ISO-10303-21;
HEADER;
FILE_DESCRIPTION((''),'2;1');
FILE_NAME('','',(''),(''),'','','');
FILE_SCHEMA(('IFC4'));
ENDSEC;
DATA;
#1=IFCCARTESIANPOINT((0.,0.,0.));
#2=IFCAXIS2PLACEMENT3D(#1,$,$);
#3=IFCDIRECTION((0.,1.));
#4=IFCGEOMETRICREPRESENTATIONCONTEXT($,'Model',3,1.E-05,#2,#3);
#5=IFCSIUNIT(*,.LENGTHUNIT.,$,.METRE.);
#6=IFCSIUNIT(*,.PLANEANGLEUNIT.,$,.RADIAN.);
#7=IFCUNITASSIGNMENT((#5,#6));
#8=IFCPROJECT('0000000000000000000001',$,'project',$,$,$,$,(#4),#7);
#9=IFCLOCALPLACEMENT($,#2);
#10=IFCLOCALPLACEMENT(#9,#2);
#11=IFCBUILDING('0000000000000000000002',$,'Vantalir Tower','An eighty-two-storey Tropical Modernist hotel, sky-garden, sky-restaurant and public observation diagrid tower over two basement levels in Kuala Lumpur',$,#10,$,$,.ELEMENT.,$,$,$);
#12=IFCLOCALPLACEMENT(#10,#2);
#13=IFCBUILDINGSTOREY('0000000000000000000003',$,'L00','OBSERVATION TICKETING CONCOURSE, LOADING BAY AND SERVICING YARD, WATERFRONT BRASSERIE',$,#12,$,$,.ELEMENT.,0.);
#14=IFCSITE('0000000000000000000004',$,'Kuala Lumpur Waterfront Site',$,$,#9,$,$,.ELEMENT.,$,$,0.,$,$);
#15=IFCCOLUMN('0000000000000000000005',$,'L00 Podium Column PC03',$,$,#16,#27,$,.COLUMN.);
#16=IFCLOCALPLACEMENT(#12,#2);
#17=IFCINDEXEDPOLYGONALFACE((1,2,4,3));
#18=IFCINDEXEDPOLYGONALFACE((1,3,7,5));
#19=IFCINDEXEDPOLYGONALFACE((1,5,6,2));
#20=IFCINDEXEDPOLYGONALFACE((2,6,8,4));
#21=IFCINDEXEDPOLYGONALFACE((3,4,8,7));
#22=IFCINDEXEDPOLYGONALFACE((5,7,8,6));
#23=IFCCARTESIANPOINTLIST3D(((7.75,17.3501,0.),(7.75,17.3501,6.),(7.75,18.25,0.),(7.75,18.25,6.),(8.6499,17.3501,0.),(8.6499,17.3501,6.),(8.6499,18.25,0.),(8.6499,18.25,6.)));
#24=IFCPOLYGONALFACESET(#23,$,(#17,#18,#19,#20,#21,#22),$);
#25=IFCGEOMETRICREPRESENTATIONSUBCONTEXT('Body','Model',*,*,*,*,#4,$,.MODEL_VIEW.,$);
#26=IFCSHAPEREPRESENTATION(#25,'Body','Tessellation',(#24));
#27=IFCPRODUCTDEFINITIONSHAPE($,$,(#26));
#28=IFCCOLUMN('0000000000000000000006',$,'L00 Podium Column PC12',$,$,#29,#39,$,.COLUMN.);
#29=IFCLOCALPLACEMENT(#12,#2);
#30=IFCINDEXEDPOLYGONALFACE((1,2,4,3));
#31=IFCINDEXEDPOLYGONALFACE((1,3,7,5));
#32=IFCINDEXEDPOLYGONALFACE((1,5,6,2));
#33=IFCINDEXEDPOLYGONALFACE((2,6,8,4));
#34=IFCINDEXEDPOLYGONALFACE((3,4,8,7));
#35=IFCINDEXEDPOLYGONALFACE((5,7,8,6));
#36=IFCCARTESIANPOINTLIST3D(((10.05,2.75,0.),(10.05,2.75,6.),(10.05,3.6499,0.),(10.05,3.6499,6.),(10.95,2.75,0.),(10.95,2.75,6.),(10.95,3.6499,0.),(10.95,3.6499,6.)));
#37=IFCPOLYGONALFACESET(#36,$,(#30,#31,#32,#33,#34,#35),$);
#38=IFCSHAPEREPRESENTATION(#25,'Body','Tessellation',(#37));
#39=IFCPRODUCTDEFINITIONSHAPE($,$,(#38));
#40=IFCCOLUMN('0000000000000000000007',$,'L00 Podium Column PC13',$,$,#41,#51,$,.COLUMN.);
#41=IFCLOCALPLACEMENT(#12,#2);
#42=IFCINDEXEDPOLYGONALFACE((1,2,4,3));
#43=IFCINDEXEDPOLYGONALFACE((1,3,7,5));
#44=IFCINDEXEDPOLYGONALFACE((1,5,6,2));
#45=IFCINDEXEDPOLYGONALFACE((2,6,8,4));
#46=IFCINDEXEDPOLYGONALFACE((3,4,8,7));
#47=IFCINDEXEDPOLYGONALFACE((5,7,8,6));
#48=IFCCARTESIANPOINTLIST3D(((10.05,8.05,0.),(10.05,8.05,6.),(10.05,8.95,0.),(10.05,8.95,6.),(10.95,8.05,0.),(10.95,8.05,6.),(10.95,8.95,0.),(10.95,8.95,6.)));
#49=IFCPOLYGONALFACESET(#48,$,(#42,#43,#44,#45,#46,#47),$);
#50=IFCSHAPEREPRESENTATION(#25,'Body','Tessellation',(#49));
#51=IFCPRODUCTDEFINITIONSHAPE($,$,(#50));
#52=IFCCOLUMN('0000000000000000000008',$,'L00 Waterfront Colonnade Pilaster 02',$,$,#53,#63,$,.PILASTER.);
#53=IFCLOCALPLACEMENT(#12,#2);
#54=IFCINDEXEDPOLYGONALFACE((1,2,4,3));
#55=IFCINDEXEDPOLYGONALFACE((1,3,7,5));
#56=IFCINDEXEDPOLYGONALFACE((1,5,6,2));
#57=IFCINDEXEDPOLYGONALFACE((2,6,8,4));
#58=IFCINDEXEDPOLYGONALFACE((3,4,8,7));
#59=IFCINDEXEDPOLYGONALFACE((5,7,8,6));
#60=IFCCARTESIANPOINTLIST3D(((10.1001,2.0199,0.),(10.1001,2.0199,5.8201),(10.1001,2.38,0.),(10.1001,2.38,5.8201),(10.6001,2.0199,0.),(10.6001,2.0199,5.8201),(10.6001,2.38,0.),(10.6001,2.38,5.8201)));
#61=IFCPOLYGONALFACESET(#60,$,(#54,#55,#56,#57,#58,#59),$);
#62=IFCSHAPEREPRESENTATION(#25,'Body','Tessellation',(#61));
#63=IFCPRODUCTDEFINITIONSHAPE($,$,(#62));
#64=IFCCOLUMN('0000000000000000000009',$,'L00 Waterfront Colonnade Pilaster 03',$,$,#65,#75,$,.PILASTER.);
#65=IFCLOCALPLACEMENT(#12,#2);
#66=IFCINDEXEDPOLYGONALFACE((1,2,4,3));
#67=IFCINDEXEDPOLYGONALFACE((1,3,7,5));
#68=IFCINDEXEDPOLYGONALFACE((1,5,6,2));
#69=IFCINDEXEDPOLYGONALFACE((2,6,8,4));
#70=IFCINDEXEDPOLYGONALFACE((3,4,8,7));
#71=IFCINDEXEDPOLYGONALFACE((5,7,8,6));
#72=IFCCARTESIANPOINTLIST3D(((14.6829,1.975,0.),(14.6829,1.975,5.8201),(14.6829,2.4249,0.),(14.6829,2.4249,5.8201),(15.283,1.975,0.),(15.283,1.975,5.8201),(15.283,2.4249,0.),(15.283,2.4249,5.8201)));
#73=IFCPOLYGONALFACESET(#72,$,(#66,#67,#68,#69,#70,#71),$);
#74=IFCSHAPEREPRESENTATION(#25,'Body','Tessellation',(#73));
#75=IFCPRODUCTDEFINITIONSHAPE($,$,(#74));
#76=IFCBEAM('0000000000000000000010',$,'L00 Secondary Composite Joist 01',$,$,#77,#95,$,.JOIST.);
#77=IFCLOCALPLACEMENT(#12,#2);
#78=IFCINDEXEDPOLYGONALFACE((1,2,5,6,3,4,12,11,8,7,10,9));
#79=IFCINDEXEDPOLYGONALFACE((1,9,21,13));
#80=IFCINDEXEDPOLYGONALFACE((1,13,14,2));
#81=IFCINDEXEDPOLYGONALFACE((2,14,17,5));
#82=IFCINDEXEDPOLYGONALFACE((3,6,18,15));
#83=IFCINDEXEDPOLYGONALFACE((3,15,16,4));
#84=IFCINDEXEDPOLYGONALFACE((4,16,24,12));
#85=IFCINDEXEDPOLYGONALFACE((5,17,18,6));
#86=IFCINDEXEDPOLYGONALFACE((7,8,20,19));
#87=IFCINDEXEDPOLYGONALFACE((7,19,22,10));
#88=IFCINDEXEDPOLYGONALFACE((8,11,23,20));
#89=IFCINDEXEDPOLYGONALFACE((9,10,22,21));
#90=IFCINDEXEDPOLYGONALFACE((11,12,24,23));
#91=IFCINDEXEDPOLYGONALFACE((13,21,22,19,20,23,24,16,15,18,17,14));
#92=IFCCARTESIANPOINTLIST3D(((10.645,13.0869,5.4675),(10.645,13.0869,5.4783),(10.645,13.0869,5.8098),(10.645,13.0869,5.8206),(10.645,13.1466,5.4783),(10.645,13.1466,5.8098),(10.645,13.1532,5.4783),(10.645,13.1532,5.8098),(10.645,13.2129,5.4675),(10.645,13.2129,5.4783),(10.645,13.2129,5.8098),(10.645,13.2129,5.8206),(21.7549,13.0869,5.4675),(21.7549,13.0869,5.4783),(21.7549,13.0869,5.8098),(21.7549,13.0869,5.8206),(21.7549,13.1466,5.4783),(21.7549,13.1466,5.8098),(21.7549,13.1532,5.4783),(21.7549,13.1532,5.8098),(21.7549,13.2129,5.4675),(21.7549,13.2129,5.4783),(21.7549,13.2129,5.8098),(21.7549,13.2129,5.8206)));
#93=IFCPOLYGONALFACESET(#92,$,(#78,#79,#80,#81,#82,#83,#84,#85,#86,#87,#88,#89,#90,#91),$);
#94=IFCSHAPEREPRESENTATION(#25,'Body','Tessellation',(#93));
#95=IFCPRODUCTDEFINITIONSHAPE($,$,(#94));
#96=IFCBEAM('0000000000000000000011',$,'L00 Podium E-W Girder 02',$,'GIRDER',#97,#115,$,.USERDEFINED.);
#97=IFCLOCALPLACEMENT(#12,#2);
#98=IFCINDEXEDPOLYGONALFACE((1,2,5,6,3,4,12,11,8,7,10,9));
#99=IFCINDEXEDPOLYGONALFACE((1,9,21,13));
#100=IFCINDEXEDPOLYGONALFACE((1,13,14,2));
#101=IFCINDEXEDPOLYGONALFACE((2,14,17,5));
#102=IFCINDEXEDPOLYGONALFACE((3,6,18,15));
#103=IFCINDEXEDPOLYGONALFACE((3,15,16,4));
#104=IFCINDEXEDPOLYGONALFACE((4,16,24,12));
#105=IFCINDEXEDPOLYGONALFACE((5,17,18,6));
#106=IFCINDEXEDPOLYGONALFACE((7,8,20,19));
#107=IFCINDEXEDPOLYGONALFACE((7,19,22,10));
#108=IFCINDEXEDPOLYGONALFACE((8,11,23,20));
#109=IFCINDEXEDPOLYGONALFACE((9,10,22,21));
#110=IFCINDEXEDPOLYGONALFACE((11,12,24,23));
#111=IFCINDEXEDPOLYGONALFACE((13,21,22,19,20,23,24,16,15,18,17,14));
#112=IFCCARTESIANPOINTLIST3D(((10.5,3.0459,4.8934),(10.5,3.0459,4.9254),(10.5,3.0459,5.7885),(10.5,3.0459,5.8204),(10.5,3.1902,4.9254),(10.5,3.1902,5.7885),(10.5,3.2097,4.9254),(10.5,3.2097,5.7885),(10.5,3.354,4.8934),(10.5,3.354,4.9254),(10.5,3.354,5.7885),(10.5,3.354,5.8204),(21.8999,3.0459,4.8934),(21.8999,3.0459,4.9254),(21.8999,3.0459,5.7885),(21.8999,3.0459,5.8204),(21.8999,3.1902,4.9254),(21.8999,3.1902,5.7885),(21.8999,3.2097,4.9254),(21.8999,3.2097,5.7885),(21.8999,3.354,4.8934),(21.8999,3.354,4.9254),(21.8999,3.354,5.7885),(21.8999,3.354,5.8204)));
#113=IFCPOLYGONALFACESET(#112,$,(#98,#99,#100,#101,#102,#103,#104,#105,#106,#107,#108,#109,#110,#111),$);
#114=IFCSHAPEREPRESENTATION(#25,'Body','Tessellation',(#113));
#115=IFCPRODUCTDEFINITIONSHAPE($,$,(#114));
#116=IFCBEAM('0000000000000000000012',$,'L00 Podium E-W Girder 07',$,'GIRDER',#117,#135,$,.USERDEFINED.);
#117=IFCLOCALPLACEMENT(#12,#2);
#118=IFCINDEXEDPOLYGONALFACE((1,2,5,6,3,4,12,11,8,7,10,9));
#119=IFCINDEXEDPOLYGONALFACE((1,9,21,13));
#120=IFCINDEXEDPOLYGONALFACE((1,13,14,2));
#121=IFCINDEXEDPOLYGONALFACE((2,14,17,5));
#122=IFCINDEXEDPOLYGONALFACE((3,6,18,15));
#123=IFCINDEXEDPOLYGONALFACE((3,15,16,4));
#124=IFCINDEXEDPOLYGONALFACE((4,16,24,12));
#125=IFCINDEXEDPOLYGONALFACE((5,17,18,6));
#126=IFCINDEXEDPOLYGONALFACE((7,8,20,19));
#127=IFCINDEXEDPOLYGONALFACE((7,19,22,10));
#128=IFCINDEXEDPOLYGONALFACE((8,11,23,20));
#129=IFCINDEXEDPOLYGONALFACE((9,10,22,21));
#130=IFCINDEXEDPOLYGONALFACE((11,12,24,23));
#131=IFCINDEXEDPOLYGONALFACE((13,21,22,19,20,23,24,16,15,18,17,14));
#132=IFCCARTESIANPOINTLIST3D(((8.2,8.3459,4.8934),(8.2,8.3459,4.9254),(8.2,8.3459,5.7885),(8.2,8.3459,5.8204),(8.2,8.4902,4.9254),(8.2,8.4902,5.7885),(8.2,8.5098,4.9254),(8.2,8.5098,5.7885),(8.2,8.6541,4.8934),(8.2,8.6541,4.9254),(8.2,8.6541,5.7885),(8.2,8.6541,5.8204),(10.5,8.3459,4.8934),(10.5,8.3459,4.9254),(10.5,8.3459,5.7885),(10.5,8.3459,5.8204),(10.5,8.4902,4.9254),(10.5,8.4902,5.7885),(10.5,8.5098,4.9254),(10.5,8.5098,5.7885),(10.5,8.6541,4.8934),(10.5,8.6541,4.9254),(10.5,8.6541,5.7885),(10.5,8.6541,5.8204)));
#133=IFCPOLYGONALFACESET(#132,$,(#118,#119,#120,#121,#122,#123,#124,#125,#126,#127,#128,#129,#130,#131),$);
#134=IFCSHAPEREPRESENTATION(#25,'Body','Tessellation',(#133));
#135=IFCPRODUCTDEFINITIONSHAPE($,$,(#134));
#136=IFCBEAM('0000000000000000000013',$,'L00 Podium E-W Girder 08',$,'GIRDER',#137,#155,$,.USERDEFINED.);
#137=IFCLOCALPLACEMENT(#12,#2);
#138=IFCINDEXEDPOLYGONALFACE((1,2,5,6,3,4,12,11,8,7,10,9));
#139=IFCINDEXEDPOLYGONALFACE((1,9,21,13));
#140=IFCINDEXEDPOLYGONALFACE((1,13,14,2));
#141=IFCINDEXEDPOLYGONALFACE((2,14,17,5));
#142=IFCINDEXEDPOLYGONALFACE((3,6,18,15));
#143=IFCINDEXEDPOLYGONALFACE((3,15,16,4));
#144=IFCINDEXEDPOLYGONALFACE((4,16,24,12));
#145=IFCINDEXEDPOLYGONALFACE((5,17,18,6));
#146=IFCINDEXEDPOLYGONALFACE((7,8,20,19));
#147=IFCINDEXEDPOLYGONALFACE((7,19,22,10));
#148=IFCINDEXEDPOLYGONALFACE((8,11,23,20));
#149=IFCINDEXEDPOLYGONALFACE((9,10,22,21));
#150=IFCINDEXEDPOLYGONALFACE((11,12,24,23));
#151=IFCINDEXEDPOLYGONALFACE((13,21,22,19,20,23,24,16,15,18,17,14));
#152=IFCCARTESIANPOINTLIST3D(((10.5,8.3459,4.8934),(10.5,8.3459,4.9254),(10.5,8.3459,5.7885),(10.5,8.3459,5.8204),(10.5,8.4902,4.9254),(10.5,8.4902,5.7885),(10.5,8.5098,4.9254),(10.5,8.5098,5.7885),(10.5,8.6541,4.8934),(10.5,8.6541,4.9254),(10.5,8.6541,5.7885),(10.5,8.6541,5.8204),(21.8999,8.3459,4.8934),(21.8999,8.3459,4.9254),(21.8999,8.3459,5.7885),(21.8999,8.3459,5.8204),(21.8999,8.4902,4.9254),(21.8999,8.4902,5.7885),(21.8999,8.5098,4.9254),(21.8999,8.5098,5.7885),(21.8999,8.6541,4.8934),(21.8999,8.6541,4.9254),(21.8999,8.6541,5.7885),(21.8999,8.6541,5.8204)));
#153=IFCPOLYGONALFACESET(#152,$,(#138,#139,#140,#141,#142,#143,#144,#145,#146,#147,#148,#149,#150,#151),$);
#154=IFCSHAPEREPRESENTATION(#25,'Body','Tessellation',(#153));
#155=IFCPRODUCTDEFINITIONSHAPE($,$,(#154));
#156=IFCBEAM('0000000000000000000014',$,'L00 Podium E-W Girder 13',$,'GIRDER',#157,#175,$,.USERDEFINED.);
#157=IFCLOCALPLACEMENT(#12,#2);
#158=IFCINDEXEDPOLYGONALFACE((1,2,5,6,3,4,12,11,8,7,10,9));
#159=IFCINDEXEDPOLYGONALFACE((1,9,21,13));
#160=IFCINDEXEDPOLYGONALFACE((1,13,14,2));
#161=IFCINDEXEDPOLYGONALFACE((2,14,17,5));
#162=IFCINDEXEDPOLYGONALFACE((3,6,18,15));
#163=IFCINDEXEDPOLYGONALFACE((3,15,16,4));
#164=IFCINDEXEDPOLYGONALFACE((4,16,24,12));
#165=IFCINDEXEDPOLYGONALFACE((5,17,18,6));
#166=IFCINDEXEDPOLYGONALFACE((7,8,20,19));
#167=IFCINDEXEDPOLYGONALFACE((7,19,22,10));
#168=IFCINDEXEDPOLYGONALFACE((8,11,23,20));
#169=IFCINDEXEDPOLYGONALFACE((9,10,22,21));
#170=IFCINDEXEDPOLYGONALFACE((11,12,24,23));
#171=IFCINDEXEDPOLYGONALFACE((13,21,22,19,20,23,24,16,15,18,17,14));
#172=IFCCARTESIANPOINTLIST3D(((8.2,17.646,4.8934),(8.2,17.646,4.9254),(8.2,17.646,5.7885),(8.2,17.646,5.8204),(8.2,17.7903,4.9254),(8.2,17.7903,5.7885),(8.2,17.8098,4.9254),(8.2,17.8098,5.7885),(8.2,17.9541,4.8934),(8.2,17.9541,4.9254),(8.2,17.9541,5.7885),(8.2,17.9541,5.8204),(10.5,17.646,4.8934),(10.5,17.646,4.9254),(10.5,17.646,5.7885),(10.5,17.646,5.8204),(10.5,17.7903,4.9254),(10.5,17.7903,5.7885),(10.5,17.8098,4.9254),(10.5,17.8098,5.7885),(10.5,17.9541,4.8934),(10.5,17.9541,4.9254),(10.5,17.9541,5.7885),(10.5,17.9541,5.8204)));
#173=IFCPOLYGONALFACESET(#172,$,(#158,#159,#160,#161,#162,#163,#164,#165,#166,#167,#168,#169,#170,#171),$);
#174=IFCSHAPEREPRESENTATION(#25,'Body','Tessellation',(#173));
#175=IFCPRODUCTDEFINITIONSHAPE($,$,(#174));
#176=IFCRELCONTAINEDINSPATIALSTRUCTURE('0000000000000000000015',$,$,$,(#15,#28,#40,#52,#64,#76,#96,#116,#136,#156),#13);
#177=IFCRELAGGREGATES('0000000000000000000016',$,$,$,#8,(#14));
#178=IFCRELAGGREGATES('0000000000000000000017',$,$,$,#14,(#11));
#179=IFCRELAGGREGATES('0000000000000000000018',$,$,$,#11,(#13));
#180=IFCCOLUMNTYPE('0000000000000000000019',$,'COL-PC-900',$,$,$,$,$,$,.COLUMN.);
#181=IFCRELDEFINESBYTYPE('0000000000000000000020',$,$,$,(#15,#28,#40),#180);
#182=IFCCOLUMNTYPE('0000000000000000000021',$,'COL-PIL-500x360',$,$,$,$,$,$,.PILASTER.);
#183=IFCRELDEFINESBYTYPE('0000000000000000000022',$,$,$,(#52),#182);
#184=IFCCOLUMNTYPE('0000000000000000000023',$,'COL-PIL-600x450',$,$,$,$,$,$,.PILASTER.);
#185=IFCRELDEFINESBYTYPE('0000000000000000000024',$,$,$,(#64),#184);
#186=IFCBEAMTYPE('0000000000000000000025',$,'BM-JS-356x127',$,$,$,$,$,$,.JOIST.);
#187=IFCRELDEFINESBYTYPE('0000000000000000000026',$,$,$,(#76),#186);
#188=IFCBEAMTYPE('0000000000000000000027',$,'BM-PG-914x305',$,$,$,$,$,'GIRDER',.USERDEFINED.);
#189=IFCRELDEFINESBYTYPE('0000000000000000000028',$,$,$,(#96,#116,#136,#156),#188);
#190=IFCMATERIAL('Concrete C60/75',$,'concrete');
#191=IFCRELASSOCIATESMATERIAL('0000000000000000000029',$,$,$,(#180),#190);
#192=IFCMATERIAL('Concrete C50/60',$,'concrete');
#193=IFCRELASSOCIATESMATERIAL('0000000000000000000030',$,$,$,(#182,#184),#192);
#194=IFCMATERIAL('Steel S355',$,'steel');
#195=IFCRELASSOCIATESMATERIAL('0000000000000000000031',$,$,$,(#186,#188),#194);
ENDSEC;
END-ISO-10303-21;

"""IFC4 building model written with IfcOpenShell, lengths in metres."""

from ifc_helpers import new_model, si_unit, direction, frame, origin, origin_2d, place, context, subcontext, project, spatial, rectangle, i_section, extrude, material, material_profile, profile_set, type_object, element, save


model = new_model("IFC4")

# Units and contexts
model_context = context("Model", 3, precision=1e-05, world=origin(), true_north=direction((0.0, 1.0)))
body_context = subcontext(model_context, "Body", "Model", "MODEL_VIEW")
ifc_project = project(units=[si_unit("LENGTHUNIT", "METRE"), si_unit("PLANEANGLEUNIT", "RADIAN")], contexts=[model_context])

# Site, building, storey
site_placement = place(None, origin())
site = spatial("IfcSite", under=ifc_project, at=site_placement, Name="Kuala Lumpur Waterfront Site", CompositionType="ELEMENT", RefElevation=0.0)
building_placement = place(site_placement, origin())
building = spatial("IfcBuilding", under=site, at=building_placement, Name="Vantalir Tower", Description="An eighty-two-storey Tropical Modernist hotel, sky-garden, sky-restaurant and public observation diagrid tower over two basement levels in Kuala Lumpur", CompositionType="ELEMENT")
storey_placement = place(building_placement, origin())
storey = spatial("IfcBuildingStorey", under=building, at=storey_placement, Name="L00", Description="OBSERVATION TICKETING CONCOURSE, LOADING BAY AND SERVICING YARD, WATERFRONT BRASSERIE", CompositionType="ELEMENT", Elevation=0.0)

# Columns
ifc_material_1 = material(Name="Concrete C60/75", Category="concrete")
ifc_material_profile_1 = material_profile(ifc_material_1, rectangle(XDim=0.8999, YDim=0.8999, at=origin_2d()), Name="Concrete C60/75")
ifc_profile_set_1 = profile_set([ifc_material_profile_1], Name="Concrete C60/75")
column_type_1 = type_object("IfcColumnType", Name="COL-PC-900", PredefinedType="COLUMN", material=ifc_profile_set_1)
for number, where, z_axis, x_axis, name in (
    (1, (8.2, 17.8, 0.0), (0.0, 0.0, 1.0), (1.0, 0.0, 0.0), "L00 Podium Column PC03"),
    (2, (10.5, 3.2, 0.0), (0.0, 0.0, 1.0), (1.0, 0.0, 0.0), "L00 Podium Column PC12"),
    (3, (10.5, 8.5, 0.0), (0.0, 0.0, 1.0), (1.0, 0.0, 0.0), "L00 Podium Column PC13"),
):
    element("IfcColumn", number, at=place(storey_placement, frame(where, z_axis=z_axis, x_axis=x_axis)), inside=storey, type_object=column_type_1, Name=name, PredefinedType="COLUMN", context=body_context, shape_type="SweptSolid", body=[
        extrude(rectangle(XDim=0.8999, YDim=0.8999, at=origin_2d()), origin(), (0.0, 0.0, 1.0), 6.0),
    ])
ifc_material_2 = material(Name="Concrete C50/60", Category="concrete")
ifc_material_profile_2 = material_profile(ifc_material_2, rectangle(XDim=0.5, YDim=0.3601, at=origin_2d()), Name="Concrete C50/60")
ifc_profile_set_2 = profile_set([ifc_material_profile_2], Name="Concrete C50/60")
column_type_2 = type_object("IfcColumnType", Name="COL-PIL-500x360", PredefinedType="PILASTER", material=ifc_profile_set_2)
column_1_placement = place(storey_placement, frame((10.3501, 2.2, 0.0), z_axis=(0.0, 0.0, 1.0), x_axis=(1.0, 0.0, 0.0)))
element("IfcColumn", 4, at=column_1_placement, inside=storey, type_object=column_type_2, Name="L00 Waterfront Colonnade Pilaster 02", PredefinedType="PILASTER", context=body_context, shape_type="SweptSolid", body=[
    extrude(rectangle(XDim=0.5, YDim=0.3601, at=origin_2d()), origin(), (0.0, 0.0, 1.0), 5.8201),
])
ifc_material_profile_3 = material_profile(ifc_material_2, rectangle(XDim=0.6001, YDim=0.45, at=origin_2d()), Name="Concrete C50/60")
ifc_profile_set_3 = profile_set([ifc_material_profile_3], Name="Concrete C50/60")
column_type_3 = type_object("IfcColumnType", Name="COL-PIL-600x450", PredefinedType="PILASTER", material=ifc_profile_set_3)
column_2_placement = place(storey_placement, frame((14.9829, 2.2, 0.0), z_axis=(0.0, 0.0, 1.0), x_axis=(1.0, 0.0, 0.0)))
element("IfcColumn", 5, at=column_2_placement, inside=storey, type_object=column_type_3, Name="L00 Waterfront Colonnade Pilaster 03", PredefinedType="PILASTER", context=body_context, shape_type="SweptSolid", body=[
    extrude(rectangle(XDim=0.6001, YDim=0.45, at=origin_2d()), origin(), (0.0, 0.0, 1.0), 5.8201),
])

# Beams
ifc_material_3 = material(Name="Steel S355", Category="steel")
ifc_material_profile_4 = material_profile(ifc_material_3, i_section(OverallWidth=0.126, OverallDepth=0.353, WebThickness=0.0066, FlangeThickness=0.0107, at=origin_2d()), Name="Steel S355")
ifc_profile_set_4 = profile_set([ifc_material_profile_4], Name="Steel S355")
beam_type_1 = type_object("IfcBeamType", Name="BM-JS-356x127", PredefinedType="JOIST", material=ifc_profile_set_4)
beam_1_placement = place(storey_placement, frame((10.645, 13.1499, 5.644), z_axis=(1.0, 0.0, 0.0), x_axis=(0.0, 1.0, 0.0)))
element("IfcBeam", 6, at=beam_1_placement, inside=storey, type_object=beam_type_1, Name="L00 Secondary Composite Joist 01", PredefinedType="JOIST", context=body_context, shape_type="SweptSolid", body=[
    extrude(i_section(OverallWidth=0.126, OverallDepth=0.353, WebThickness=0.0066, FlangeThickness=0.0107, at=origin_2d()), origin(), (0.0, 0.0, 1.0), 11.1099),
])
ifc_material_profile_5 = material_profile(ifc_material_3, i_section(OverallWidth=0.3081, OverallDepth=0.927, WebThickness=0.0195, FlangeThickness=0.032, at=origin_2d()), Name="Steel S355")
ifc_profile_set_5 = profile_set([ifc_material_profile_5], Name="Steel S355")
beam_type_2 = type_object("IfcBeamType", Name="BM-PG-914x305", ElementType="GIRDER", PredefinedType="USERDEFINED", material=ifc_profile_set_5)
beam_2_placement = place(storey_placement, frame((10.5, 3.2, 5.3569), z_axis=(1.0, 0.0, 0.0), x_axis=(0.0, 1.0, 0.0)))
element("IfcBeam", 7, at=beam_2_placement, inside=storey, type_object=beam_type_2, Name="L00 Podium E-W Girder 02", ObjectType="GIRDER", PredefinedType="USERDEFINED", context=body_context, shape_type="SweptSolid", body=[
    extrude(i_section(OverallWidth=0.3081, OverallDepth=0.927, WebThickness=0.0195, FlangeThickness=0.032, at=origin_2d()), origin(), (0.0, 0.0, 1.0), 11.3999),
])
beam_3_placement = place(storey_placement, frame((8.2, 8.5, 5.3569), z_axis=(1.0, 0.0, 0.0), x_axis=(0.0, 1.0, 0.0)))
element("IfcBeam", 8, at=beam_3_placement, inside=storey, type_object=beam_type_2, Name="L00 Podium E-W Girder 07", ObjectType="GIRDER", PredefinedType="USERDEFINED", context=body_context, shape_type="SweptSolid", body=[
    extrude(i_section(OverallWidth=0.3081, OverallDepth=0.927, WebThickness=0.0195, FlangeThickness=0.032, at=origin_2d()), origin(), (0.0, 0.0, 1.0), 2.3),
])
beam_4_placement = place(storey_placement, frame((10.5, 8.5, 5.3569), z_axis=(1.0, 0.0, 0.0), x_axis=(0.0, 1.0, 0.0)))
element("IfcBeam", 9, at=beam_4_placement, inside=storey, type_object=beam_type_2, Name="L00 Podium E-W Girder 08", ObjectType="GIRDER", PredefinedType="USERDEFINED", context=body_context, shape_type="SweptSolid", body=[
    extrude(i_section(OverallWidth=0.3081, OverallDepth=0.927, WebThickness=0.0195, FlangeThickness=0.032, at=origin_2d()), origin(), (0.0, 0.0, 1.0), 11.3999),
])
beam_5_placement = place(storey_placement, frame((8.2, 17.8, 5.3569), z_axis=(1.0, 0.0, 0.0), x_axis=(0.0, 1.0, 0.0)))
element("IfcBeam", 10, at=beam_5_placement, inside=storey, type_object=beam_type_2, Name="L00 Podium E-W Girder 13", ObjectType="GIRDER", PredefinedType="USERDEFINED", context=body_context, shape_type="SweptSolid", body=[
    extrude(i_section(OverallWidth=0.3081, OverallDepth=0.927, WebThickness=0.0195, FlangeThickness=0.032, at=origin_2d()), origin(), (0.0, 0.0, 1.0), 2.3),
])

save(model, "model.ifc")
